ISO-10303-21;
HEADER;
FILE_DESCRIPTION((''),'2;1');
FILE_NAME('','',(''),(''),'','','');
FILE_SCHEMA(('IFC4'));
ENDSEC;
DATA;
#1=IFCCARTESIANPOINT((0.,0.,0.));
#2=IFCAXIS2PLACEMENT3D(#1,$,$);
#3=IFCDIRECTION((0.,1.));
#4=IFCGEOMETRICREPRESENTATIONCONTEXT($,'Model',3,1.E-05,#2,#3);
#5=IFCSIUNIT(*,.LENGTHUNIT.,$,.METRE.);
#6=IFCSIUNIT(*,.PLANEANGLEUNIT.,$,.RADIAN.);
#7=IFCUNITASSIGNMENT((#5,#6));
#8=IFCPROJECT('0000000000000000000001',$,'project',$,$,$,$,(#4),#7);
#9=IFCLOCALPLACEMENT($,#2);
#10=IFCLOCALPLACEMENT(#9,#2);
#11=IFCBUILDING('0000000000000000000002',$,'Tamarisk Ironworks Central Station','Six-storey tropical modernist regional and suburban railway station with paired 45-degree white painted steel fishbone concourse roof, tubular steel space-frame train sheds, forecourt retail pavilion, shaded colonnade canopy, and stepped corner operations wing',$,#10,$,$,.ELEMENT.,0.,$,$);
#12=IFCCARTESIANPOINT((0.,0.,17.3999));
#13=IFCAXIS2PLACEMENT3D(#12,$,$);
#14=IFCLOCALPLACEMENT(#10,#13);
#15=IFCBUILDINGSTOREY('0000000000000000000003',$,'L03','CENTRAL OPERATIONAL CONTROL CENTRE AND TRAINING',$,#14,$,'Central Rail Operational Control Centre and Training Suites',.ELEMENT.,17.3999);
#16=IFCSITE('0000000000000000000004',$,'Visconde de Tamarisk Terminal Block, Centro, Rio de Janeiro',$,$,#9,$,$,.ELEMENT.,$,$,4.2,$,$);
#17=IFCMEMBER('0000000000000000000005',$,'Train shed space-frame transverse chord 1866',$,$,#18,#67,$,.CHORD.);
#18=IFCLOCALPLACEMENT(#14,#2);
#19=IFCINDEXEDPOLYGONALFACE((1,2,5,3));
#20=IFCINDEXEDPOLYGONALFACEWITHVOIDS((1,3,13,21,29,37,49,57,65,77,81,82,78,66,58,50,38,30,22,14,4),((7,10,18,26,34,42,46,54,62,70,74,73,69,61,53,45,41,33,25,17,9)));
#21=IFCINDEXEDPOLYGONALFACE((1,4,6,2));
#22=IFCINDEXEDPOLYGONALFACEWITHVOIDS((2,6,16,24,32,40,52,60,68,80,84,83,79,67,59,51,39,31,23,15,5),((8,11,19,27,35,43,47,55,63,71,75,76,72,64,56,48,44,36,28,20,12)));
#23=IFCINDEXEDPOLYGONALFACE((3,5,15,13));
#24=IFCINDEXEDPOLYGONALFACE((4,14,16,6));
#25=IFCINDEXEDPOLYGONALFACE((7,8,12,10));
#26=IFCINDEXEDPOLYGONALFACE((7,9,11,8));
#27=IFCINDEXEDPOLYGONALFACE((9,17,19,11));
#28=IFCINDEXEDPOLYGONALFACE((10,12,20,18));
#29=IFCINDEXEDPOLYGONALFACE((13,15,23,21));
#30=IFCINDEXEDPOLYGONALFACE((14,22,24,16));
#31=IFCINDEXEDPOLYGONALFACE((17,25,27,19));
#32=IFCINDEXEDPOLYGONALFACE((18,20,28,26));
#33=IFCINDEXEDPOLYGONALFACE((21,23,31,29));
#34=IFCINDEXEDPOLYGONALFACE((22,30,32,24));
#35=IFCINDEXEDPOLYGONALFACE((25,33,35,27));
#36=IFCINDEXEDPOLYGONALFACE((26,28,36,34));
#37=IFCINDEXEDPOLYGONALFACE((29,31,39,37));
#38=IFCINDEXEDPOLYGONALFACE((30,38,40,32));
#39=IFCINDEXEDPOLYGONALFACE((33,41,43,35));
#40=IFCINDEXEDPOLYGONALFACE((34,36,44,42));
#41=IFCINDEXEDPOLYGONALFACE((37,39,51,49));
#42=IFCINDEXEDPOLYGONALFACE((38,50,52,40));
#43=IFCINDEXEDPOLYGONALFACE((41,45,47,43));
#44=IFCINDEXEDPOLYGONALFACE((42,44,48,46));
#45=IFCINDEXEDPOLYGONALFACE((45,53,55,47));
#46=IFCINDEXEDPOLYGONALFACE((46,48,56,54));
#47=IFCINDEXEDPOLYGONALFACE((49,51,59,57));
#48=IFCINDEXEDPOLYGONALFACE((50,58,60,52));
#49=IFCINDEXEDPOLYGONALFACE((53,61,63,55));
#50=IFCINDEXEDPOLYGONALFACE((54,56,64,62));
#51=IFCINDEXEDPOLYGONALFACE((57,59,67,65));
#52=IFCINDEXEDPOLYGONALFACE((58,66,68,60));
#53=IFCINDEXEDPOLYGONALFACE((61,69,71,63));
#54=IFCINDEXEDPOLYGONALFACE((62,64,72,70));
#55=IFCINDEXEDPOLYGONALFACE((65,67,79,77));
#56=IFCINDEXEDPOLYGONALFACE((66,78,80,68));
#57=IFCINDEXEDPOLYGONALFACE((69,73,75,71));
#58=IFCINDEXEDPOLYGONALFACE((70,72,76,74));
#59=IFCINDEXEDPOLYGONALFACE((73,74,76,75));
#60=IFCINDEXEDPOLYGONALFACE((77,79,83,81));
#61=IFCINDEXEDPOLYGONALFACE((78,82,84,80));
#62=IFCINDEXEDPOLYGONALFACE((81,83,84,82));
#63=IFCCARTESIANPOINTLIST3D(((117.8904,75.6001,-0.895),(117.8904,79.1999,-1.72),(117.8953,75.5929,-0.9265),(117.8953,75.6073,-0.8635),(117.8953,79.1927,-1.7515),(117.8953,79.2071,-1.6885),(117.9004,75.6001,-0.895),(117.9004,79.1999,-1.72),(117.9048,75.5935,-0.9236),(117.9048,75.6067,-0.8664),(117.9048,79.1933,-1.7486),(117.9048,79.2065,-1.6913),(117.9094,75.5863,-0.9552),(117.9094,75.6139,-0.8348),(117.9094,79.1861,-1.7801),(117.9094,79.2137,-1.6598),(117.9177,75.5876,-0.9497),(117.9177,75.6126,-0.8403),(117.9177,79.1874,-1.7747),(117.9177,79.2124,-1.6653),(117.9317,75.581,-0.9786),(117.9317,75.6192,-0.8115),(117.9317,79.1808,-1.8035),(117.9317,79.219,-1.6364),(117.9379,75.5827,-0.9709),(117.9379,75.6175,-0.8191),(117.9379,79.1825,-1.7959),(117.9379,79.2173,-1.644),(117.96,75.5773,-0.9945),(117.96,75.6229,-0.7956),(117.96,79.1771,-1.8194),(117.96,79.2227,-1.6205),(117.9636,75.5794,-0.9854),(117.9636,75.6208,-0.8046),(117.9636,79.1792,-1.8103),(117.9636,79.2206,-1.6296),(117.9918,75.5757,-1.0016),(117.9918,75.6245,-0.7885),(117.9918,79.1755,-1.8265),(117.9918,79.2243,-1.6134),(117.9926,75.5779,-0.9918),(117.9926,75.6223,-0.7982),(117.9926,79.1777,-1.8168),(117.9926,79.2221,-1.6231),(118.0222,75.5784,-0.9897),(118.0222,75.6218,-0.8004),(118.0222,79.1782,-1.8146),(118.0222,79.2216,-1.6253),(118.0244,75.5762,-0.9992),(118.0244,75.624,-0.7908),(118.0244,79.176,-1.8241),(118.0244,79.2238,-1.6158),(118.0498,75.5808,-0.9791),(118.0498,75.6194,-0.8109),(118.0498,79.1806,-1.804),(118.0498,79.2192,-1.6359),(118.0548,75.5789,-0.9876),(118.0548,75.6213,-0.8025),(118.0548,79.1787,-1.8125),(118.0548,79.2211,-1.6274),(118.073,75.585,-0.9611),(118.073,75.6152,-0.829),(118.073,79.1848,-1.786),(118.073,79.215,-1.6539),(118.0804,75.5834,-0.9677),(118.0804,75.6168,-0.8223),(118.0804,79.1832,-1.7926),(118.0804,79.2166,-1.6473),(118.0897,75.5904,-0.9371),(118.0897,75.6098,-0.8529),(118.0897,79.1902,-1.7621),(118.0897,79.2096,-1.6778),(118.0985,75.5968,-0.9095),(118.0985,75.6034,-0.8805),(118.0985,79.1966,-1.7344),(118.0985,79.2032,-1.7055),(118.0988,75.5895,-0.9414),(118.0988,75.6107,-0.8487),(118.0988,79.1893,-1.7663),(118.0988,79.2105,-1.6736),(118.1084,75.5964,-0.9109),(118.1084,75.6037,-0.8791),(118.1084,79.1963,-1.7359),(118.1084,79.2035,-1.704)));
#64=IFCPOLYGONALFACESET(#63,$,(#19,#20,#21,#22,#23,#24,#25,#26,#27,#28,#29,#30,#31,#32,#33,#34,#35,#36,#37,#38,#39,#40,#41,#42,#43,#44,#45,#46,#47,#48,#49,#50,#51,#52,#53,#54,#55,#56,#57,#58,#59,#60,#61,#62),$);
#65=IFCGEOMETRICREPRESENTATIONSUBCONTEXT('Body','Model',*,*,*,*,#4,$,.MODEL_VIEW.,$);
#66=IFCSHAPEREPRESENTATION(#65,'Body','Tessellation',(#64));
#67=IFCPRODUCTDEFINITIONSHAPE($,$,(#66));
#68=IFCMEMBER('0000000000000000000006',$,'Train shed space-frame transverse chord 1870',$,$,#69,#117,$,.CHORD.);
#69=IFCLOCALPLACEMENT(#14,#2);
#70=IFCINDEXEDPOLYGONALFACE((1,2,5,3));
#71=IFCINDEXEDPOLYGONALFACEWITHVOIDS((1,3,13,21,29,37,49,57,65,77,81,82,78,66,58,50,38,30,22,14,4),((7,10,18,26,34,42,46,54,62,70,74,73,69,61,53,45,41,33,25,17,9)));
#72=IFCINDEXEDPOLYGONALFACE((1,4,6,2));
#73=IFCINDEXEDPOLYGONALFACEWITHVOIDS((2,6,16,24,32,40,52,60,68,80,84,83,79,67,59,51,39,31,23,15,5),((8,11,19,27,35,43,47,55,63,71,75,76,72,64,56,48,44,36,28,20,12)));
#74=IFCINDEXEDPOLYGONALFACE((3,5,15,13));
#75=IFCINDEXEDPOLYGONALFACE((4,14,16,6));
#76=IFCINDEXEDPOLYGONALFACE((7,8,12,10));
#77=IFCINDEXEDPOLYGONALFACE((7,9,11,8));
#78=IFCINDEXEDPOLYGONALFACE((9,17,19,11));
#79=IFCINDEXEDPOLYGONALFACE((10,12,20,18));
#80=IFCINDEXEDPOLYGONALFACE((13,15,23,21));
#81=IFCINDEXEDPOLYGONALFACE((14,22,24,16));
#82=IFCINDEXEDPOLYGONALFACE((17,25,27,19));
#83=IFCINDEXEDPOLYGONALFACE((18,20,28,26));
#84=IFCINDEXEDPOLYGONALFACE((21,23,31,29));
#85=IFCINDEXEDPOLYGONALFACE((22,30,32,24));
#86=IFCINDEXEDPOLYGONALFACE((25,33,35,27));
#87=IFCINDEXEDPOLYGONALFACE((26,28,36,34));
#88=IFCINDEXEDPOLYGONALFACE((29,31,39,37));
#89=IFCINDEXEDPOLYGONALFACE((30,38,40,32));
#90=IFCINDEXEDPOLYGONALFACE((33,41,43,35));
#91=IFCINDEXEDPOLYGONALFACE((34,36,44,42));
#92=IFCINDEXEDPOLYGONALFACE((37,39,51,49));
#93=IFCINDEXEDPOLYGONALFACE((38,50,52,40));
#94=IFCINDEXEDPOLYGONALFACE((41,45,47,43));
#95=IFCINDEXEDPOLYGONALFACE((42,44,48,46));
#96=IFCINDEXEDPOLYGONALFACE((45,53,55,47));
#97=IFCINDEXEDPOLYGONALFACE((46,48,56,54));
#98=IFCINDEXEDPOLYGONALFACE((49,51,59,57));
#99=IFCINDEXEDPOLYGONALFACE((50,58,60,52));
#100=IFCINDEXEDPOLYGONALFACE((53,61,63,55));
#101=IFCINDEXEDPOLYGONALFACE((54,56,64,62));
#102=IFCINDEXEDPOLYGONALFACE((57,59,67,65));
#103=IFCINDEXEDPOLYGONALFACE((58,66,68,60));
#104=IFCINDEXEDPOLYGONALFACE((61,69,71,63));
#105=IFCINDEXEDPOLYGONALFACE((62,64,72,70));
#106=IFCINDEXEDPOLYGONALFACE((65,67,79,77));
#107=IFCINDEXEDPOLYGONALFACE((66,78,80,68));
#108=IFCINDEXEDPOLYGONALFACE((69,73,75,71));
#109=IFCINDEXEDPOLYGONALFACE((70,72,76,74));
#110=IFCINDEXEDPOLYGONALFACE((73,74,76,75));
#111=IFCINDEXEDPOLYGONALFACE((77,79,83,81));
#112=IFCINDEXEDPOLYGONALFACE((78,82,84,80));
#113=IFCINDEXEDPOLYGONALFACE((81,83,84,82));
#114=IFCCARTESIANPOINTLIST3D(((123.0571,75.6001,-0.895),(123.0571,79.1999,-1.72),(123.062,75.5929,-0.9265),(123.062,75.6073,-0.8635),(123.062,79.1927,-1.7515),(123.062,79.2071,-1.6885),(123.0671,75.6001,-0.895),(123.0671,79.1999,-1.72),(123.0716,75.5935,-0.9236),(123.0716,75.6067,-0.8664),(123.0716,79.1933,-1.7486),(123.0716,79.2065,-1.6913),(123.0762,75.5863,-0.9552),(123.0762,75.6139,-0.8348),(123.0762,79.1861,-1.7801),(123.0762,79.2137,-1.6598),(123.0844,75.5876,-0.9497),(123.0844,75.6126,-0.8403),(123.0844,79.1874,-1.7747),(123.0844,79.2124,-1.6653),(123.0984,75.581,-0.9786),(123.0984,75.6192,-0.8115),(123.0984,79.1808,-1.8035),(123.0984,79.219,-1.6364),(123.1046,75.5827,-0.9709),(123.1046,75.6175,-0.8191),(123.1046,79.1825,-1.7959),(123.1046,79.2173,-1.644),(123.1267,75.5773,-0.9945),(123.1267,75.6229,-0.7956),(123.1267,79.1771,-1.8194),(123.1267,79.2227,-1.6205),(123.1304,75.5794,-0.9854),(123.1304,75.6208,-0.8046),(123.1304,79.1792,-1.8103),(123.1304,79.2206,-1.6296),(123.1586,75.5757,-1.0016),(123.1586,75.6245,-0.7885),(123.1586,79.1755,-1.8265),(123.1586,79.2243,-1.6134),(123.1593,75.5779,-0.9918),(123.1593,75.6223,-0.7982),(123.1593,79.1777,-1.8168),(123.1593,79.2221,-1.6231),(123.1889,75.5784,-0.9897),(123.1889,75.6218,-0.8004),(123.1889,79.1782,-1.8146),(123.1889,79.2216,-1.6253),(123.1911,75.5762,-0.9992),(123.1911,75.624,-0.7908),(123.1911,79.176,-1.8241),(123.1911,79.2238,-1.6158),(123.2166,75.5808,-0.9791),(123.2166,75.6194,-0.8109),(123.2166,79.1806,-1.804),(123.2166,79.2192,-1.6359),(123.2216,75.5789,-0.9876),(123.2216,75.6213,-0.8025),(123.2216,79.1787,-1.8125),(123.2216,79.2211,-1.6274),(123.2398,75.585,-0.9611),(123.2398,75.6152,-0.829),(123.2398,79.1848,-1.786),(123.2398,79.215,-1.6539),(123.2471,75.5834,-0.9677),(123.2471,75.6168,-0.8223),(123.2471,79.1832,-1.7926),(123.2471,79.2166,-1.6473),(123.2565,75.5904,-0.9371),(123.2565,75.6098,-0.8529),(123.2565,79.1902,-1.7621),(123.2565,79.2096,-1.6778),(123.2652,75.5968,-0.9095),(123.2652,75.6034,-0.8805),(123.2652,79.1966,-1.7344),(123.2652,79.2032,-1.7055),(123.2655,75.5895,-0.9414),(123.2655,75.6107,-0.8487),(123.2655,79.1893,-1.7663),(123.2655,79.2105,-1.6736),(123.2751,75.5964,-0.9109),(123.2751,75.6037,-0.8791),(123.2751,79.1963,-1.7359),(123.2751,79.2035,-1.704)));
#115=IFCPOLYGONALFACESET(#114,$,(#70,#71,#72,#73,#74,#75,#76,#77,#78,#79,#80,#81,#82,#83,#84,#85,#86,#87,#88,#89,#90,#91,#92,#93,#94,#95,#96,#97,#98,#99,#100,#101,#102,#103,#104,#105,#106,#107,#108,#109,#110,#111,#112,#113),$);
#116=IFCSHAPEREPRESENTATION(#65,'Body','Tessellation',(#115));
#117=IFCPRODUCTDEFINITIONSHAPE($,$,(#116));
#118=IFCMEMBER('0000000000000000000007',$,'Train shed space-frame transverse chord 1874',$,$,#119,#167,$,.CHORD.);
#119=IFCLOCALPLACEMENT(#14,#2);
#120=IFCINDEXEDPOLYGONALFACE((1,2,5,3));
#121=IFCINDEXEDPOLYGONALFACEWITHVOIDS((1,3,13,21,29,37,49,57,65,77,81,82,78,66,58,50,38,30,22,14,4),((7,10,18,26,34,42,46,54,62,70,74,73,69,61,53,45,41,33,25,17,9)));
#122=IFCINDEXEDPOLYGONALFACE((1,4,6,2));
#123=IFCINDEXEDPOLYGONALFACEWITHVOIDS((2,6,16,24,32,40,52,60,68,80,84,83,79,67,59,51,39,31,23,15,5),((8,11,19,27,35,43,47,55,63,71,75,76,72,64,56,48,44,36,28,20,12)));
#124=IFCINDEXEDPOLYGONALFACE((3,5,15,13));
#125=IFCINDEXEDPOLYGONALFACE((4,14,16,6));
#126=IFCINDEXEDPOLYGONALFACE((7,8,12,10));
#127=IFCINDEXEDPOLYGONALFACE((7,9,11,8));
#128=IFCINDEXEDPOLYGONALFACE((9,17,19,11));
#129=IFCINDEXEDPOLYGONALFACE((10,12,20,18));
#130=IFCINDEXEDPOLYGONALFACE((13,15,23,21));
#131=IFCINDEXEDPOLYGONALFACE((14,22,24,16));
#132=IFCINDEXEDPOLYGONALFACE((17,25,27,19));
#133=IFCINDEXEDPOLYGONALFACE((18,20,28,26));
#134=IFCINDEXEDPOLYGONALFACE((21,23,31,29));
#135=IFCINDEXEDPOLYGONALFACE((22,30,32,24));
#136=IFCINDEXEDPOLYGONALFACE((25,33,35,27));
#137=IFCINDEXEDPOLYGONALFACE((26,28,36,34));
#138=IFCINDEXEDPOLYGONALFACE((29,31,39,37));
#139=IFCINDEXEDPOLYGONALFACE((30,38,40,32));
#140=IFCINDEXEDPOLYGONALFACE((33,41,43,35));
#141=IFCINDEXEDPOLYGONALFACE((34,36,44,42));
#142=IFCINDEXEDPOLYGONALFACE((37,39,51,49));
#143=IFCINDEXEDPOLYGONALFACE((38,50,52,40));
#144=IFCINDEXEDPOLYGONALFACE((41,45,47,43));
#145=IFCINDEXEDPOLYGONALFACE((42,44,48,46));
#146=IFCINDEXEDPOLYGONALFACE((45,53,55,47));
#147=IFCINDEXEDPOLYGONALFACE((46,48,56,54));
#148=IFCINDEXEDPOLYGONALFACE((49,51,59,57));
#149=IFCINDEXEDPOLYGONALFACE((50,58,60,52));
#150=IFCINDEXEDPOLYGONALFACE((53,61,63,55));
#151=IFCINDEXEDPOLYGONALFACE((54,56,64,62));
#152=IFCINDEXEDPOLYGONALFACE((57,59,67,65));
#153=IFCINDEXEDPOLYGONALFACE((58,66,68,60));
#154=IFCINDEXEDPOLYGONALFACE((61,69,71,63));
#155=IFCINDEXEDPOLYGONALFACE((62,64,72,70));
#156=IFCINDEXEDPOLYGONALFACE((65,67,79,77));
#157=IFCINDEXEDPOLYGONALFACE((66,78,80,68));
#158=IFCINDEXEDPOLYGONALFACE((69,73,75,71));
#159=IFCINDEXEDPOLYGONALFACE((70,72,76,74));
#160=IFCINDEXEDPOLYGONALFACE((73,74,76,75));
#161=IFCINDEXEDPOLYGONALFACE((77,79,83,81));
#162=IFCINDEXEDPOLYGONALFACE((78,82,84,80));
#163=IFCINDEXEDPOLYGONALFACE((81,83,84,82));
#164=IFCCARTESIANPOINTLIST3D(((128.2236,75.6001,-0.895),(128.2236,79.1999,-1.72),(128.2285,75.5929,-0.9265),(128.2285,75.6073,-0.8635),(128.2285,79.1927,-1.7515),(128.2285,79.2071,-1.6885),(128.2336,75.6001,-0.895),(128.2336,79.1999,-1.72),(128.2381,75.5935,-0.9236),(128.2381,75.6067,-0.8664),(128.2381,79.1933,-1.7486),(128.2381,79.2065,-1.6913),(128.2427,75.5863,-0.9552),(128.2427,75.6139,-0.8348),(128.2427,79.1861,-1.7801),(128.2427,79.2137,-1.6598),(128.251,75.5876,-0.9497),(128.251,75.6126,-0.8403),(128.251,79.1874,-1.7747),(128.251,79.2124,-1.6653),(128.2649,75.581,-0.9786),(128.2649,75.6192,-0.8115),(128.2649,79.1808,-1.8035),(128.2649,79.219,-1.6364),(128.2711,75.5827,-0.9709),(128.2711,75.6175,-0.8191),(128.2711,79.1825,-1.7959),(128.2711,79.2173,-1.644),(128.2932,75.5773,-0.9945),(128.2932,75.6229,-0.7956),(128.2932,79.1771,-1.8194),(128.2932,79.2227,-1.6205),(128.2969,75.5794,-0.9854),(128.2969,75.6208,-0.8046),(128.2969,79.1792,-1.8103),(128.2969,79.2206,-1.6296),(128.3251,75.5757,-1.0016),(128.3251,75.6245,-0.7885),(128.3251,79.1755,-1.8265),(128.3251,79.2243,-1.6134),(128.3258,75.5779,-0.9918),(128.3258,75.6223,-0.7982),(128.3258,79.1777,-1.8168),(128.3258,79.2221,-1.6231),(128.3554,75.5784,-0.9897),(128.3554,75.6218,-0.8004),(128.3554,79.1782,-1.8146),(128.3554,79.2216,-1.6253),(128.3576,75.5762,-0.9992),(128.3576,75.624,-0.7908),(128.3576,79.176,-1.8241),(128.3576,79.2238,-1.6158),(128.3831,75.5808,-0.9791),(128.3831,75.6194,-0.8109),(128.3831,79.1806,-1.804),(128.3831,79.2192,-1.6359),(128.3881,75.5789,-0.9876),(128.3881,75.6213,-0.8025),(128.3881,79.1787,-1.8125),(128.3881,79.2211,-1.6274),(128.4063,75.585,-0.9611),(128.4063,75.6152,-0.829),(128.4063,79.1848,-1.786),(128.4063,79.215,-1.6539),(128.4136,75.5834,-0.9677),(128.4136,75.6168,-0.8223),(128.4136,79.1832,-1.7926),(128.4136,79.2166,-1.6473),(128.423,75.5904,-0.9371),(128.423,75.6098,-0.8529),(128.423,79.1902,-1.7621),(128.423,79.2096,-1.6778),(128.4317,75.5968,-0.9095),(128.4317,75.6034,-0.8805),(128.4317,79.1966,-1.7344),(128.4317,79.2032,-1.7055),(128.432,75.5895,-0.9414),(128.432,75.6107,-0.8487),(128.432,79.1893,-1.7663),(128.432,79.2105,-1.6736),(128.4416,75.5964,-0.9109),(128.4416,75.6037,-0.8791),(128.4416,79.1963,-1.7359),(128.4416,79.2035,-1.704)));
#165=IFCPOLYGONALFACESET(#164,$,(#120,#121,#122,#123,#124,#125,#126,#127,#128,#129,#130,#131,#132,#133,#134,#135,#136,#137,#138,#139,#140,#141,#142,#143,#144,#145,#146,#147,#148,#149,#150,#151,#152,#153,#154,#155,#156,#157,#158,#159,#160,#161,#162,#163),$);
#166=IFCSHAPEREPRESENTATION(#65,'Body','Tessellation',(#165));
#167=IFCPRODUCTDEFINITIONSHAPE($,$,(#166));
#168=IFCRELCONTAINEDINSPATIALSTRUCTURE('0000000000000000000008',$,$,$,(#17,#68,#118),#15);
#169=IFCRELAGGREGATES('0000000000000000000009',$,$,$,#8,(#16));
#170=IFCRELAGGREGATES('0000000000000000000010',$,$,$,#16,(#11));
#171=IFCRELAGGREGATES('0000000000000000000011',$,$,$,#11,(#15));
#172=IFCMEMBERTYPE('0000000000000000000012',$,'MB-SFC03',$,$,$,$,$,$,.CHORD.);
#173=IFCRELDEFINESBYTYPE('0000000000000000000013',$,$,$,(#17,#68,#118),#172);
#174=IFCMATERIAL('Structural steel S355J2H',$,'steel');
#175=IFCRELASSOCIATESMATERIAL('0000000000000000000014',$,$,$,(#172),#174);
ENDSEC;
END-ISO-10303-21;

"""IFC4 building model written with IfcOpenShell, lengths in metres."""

from ifc_helpers import new_model, si_unit, direction, frame, origin, origin_2d, place, context, subcontext, project, spatial, hollow_circle, extrude, material, material_profile, profile_set, type_object, element, save


model = new_model("IFC4")

# Units and contexts
model_context = context("Model", 3, precision=1e-05, world=origin(), true_north=direction((0.0, 1.0)))
body_context = subcontext(model_context, "Body", "Model", "MODEL_VIEW")
ifc_project = project(units=[si_unit("LENGTHUNIT", "METRE"), si_unit("PLANEANGLEUNIT", "RADIAN")], contexts=[model_context])

# Site, building, storey
site_placement = place(None, origin())
site = spatial("IfcSite", under=ifc_project, at=site_placement, Name="Visconde de Tamarisk Terminal Block, Centro, Rio de Janeiro", CompositionType="ELEMENT", RefElevation=4.2)
building_placement = place(site_placement, origin())
building = spatial("IfcBuilding", under=site, at=building_placement, Name="Tamarisk Ironworks Central Station", Description="Six-storey tropical modernist regional and suburban railway station with paired 45-degree white painted steel fishbone concourse roof, tubular steel space-frame train sheds, forecourt retail pavilion, shaded colonnade canopy, and stepped corner operations wing", CompositionType="ELEMENT", ElevationOfRefHeight=0.0)
storey_placement = place(building_placement, frame((0.0, 0.0, 17.3999)))
storey = spatial("IfcBuildingStorey", under=building, at=storey_placement, Name="L03", Description="CENTRAL OPERATIONAL CONTROL CENTRE AND TRAINING", LongName="Central Rail Operational Control Centre and Training Suites", CompositionType="ELEMENT", Elevation=17.3999)

# Members
ifc_material_1 = material(Name="Structural steel S355J2H", Category="steel")
ifc_material_profile_1 = material_profile(ifc_material_1, hollow_circle(Radius=0.1096, WallThickness=0.01, at=origin_2d()), Name="CHS 219.1x10")
ifc_profile_set_1 = profile_set([ifc_material_profile_1], Name="Structural steel S355J2H")
member_type_1 = type_object("IfcMemberType", Name="MB-SFC03", PredefinedType="CHORD", material=ifc_profile_set_1)
for number, where, z_axis, x_axis, name in (
    (1, (118.0, 75.6001, -0.895), (0.0, 0.974733, -0.223372), (-1.0, 0.0, 0.0), "Train shed space-frame transverse chord 1866"),
    (2, (123.1667, 75.6001, -0.895), (0.0, 0.974733, -0.223372), (-1.0, 0.0, 0.0), "Train shed space-frame transverse chord 1870"),
    (3, (128.3333, 75.6001, -0.895), (0.0, 0.974733, -0.223372), (-1.0, 0.0, 0.0), "Train shed space-frame transverse chord 1874"),
):
    element("IfcMember", number, at=place(storey_placement, frame(where, z_axis=z_axis, x_axis=x_axis)), inside=storey, type_object=member_type_1, Name=name, PredefinedType="CHORD", context=body_context, shape_type="SweptSolid", body=[
        extrude(hollow_circle(Radius=0.1096, WallThickness=0.01, at=origin_2d()), origin(), (0.0, 0.0, 1.0), 3.6931),
    ])

save(model, "model.ifc")
